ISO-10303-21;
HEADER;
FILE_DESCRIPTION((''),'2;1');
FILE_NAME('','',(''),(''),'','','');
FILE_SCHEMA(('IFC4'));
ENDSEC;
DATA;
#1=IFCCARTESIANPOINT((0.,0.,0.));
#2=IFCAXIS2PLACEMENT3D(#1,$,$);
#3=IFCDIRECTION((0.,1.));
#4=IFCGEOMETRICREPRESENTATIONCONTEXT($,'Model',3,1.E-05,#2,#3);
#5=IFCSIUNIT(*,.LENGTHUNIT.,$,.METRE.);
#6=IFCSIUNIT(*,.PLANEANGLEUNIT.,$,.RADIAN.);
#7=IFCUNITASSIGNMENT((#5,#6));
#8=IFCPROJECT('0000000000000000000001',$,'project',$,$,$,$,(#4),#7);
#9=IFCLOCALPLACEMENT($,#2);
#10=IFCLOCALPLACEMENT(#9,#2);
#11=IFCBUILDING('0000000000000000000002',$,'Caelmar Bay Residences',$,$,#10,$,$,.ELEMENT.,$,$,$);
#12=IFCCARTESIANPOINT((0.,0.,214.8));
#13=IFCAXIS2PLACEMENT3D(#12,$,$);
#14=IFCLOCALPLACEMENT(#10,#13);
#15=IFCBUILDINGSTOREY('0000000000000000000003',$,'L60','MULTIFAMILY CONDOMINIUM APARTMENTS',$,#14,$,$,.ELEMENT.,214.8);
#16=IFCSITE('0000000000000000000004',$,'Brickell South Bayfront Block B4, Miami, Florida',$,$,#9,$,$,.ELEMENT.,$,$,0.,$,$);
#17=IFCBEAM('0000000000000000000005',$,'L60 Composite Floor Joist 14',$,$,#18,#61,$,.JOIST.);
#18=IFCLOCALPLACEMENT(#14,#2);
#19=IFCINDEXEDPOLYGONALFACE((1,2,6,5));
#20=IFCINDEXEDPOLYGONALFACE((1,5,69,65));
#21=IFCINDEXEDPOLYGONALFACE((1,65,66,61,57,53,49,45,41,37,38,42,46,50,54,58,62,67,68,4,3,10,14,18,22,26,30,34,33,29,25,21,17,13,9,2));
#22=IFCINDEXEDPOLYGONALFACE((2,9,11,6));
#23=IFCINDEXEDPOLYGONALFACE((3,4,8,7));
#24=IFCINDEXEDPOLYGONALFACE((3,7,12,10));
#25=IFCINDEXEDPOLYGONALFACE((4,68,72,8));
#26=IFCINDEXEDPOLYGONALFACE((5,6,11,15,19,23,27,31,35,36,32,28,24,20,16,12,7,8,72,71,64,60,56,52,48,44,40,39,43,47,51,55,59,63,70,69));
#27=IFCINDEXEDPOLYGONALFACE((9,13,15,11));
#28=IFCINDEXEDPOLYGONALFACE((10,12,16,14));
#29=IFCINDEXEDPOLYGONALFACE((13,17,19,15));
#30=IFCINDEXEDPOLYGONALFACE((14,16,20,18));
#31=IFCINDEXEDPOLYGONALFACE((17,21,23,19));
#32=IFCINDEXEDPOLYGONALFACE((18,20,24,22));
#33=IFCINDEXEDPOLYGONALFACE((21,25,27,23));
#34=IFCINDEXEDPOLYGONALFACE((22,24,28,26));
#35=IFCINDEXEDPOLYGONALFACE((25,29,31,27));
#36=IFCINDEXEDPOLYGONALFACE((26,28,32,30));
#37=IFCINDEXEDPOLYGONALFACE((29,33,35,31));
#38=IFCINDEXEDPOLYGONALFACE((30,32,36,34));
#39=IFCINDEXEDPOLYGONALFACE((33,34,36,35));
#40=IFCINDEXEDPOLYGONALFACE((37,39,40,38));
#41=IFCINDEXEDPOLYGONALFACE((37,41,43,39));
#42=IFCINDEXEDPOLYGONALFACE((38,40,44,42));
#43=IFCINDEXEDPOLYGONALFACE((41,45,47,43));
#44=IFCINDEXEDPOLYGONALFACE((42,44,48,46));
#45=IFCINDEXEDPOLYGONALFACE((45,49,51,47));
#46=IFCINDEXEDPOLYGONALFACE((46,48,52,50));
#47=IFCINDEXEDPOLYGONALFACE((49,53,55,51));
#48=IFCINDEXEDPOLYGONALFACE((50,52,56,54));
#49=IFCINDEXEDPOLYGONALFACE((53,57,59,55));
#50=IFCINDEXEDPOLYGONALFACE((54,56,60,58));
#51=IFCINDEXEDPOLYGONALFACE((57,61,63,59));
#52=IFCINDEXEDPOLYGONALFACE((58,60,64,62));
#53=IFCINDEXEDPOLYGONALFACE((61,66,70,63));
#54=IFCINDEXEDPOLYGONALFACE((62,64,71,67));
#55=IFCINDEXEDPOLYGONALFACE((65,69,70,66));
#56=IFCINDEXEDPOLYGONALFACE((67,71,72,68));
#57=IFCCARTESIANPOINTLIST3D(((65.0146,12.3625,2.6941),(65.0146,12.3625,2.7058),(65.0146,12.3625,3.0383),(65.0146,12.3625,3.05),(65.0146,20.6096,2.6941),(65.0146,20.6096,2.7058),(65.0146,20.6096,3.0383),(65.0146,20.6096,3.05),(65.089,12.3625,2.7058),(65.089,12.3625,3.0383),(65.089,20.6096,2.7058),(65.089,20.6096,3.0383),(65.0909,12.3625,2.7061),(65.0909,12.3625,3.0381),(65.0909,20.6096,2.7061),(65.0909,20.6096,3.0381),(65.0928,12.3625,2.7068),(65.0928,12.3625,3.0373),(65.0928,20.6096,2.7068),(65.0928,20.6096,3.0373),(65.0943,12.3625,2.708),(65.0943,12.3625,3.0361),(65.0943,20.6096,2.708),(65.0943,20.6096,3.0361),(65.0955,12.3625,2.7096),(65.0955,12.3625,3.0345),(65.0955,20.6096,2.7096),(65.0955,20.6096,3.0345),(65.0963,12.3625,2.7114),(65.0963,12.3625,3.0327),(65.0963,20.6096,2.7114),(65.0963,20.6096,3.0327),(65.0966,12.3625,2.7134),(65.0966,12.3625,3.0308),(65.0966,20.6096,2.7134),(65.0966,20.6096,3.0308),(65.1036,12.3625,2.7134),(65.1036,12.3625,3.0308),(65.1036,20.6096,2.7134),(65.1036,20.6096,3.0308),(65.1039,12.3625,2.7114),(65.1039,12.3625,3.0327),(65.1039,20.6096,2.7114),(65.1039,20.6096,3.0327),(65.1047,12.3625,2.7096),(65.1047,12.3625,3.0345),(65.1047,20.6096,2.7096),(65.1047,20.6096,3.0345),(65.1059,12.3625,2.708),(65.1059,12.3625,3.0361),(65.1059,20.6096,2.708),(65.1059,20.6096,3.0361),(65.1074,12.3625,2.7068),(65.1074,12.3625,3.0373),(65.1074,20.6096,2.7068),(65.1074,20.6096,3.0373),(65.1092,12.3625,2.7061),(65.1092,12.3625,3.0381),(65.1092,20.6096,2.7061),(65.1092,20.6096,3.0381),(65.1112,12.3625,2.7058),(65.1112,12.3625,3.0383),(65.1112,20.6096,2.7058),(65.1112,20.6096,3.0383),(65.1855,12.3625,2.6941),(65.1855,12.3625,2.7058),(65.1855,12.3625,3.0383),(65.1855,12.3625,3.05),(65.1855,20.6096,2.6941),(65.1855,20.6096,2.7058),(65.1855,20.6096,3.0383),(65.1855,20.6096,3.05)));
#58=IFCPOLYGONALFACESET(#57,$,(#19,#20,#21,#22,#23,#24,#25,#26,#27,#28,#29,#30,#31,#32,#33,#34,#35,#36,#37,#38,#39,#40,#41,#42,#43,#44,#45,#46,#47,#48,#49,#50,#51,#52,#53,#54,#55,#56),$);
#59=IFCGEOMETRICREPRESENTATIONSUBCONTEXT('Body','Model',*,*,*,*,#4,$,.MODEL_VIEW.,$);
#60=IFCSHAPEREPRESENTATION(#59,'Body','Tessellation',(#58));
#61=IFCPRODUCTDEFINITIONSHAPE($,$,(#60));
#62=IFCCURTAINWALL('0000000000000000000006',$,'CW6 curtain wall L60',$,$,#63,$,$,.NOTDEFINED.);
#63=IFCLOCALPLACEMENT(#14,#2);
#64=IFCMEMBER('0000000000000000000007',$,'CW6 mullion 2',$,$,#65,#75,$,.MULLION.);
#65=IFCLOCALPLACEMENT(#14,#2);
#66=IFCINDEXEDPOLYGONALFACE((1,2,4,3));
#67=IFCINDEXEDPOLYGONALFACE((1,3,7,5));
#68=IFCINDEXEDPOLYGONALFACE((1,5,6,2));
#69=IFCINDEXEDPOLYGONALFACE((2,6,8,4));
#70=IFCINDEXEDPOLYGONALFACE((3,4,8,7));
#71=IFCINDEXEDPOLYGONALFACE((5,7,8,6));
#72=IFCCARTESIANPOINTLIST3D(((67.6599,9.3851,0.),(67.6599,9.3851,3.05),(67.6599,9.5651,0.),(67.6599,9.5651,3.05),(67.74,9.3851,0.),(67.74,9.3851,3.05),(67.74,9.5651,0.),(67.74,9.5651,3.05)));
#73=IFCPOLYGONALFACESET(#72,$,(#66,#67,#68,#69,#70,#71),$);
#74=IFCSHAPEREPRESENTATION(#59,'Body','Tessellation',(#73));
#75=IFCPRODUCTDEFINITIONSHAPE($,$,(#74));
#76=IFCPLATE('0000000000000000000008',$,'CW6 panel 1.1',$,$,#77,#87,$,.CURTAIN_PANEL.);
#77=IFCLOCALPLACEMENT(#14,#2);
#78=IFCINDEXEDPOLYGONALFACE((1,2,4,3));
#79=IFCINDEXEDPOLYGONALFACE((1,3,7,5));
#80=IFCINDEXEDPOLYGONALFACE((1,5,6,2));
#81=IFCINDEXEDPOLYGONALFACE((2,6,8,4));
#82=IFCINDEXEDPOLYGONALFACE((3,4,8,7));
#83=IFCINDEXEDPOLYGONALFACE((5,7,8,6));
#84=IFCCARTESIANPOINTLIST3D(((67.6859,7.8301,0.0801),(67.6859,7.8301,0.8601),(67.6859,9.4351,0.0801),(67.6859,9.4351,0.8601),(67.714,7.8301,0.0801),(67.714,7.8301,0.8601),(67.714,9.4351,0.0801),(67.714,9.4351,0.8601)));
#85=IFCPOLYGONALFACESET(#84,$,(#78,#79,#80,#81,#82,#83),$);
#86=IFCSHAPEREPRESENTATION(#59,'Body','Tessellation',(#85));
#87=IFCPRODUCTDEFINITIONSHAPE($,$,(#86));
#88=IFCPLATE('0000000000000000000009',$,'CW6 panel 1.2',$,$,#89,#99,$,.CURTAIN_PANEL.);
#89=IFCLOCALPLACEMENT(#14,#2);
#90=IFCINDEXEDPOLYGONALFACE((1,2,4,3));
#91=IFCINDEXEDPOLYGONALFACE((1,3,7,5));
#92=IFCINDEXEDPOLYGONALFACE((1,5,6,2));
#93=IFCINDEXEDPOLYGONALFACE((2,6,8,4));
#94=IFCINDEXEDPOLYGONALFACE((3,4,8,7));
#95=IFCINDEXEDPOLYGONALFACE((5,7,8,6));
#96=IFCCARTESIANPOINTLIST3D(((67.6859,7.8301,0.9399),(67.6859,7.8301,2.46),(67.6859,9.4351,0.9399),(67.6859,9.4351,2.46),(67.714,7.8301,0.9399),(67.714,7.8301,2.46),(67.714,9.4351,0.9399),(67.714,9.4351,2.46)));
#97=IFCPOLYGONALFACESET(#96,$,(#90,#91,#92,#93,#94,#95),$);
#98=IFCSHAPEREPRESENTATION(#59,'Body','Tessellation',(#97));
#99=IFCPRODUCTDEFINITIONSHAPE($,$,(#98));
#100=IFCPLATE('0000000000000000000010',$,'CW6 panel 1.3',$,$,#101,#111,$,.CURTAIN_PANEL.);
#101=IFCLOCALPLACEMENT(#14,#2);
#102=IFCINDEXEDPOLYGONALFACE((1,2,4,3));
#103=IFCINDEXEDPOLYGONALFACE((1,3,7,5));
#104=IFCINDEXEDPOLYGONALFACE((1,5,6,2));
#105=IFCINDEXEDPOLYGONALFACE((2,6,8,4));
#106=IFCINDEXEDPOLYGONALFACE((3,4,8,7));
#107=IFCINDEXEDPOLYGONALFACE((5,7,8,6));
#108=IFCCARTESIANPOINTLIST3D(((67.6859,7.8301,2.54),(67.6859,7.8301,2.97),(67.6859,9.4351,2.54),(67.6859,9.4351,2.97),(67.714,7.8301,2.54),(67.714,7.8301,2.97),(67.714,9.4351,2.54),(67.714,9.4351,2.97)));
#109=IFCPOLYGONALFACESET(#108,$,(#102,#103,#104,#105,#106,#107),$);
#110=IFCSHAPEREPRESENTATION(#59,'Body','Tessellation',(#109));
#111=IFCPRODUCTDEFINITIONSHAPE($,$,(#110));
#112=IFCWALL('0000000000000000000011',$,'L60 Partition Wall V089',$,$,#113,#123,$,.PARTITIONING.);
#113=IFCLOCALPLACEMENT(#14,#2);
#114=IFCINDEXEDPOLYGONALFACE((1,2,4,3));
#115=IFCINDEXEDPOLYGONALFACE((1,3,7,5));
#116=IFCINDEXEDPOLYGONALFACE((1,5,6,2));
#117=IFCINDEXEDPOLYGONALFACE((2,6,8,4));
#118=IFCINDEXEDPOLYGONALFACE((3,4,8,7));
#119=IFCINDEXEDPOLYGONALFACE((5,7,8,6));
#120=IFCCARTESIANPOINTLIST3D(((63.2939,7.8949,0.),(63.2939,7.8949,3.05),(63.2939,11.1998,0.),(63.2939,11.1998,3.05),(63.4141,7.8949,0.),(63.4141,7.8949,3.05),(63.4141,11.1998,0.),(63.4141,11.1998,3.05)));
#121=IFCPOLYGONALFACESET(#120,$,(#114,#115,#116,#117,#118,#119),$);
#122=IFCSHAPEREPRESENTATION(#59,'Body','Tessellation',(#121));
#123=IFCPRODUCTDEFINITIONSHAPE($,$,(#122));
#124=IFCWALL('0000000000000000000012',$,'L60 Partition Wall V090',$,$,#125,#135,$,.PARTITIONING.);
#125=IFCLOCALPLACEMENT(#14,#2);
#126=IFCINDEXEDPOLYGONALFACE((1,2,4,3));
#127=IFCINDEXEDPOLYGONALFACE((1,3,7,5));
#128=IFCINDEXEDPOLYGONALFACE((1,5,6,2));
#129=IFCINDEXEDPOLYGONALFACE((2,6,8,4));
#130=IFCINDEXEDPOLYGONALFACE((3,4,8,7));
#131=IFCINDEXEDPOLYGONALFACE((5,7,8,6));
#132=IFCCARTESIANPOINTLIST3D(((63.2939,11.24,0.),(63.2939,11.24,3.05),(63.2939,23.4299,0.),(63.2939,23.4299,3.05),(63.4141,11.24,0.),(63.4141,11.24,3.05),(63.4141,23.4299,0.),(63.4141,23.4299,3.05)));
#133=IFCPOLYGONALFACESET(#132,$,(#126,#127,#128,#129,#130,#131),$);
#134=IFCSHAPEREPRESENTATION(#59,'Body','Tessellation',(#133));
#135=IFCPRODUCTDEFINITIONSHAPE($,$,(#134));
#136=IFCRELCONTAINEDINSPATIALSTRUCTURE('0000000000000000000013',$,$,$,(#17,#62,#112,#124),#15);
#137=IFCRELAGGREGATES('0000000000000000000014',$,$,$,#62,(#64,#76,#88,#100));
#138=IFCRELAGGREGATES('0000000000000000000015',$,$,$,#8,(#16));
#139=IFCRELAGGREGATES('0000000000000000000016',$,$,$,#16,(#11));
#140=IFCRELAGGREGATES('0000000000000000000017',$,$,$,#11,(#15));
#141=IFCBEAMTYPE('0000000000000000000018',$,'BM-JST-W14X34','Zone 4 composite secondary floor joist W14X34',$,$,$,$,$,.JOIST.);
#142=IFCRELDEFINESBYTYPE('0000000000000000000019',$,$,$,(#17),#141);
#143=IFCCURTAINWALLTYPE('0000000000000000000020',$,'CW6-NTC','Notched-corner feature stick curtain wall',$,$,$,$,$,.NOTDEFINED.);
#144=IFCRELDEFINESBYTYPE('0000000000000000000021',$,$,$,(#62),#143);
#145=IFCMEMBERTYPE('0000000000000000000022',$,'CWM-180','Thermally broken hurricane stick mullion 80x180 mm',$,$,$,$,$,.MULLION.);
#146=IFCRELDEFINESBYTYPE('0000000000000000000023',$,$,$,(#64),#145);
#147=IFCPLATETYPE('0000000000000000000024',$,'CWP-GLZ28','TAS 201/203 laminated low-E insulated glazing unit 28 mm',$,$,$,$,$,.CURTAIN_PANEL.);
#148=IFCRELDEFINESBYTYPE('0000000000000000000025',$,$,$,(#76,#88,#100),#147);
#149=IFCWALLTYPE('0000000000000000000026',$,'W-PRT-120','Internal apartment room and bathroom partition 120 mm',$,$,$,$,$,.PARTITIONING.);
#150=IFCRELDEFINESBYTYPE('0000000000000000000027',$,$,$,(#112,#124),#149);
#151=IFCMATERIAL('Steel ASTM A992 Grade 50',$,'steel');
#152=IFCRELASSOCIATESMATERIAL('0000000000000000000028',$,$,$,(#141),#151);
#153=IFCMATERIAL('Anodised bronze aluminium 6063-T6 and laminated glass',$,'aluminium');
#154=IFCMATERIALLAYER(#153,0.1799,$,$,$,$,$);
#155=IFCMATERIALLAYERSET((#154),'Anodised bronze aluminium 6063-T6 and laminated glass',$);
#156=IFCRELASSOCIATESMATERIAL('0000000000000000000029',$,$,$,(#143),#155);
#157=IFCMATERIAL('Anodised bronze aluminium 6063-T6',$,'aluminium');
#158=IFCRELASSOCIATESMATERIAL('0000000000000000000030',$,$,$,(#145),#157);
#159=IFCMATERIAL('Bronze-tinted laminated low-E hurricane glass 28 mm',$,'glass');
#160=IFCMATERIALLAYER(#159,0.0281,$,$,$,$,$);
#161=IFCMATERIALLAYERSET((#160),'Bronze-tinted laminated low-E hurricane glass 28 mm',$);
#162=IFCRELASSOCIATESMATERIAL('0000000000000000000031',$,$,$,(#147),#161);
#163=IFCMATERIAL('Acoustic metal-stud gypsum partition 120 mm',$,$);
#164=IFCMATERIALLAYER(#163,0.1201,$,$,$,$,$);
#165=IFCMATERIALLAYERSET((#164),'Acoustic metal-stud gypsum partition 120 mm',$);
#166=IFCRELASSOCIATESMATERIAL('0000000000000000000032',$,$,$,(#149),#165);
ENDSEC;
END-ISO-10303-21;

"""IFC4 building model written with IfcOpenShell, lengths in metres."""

from ifc_helpers import new_model, si_unit, direction, frame, frame_2d, origin, origin_2d, place, context, subcontext, project, spatial, rectangle, i_section, extrude, material, layer, layer_set, material_profile, profile_set, type_object, element, aggregate, save


model = new_model("IFC4")

# Units and contexts
model_context = context("Model", 3, precision=1e-05, world=origin(), true_north=direction((0.0, 1.0)))
body_context = subcontext(model_context, "Body", "Model", "MODEL_VIEW")
ifc_project = project(units=[si_unit("LENGTHUNIT", "METRE"), si_unit("PLANEANGLEUNIT", "RADIAN")], contexts=[model_context])

# Site, building, storey
site_placement = place(None, origin())
site = spatial("IfcSite", under=ifc_project, at=site_placement, Name="Brickell South Bayfront Block B4, Miami, Florida", CompositionType="ELEMENT", RefElevation=0.0)
building_placement = place(site_placement, origin())
building = spatial("IfcBuilding", under=site, at=building_placement, Name="Caelmar Bay Residences", CompositionType="ELEMENT")
storey_placement = place(building_placement, frame((0.0, 0.0, 214.8)))
storey = spatial("IfcBuildingStorey", under=building, at=storey_placement, Name="L60", Description="MULTIFAMILY CONDOMINIUM APARTMENTS", CompositionType="ELEMENT", Elevation=214.8)

# Beam
ifc_material_1 = material(Name="Steel ASTM A992 Grade 50", Category="steel")
ifc_material_profile_1 = material_profile(ifc_material_1, i_section(OverallWidth=0.1709, OverallDepth=0.356, WebThickness=0.0071, FlangeThickness=0.0117, FilletRadius=0.0076, at=origin_2d()), Name="W14X34")
ifc_profile_set_1 = profile_set([ifc_material_profile_1], Name="Steel ASTM A992 Grade 50")
beam_type = type_object("IfcBeamType", Name="BM-JST-W14X34", Description="Zone 4 composite secondary floor joist W14X34", PredefinedType="JOIST", material=ifc_profile_set_1)
beam_placement = place(storey_placement, frame((65.1001, 12.3625, 2.8721), z_axis=(0.0, 1.0, 0.0), x_axis=(-1.0, 0.0, 0.0)))
element("IfcBeam", 1, at=beam_placement, inside=storey, type_object=beam_type, Name="L60 Composite Floor Joist 14", PredefinedType="JOIST", context=body_context, shape_type="SweptSolid", body=[
    extrude(i_section(OverallWidth=0.1709, OverallDepth=0.356, WebThickness=0.0071, FlangeThickness=0.0117, FilletRadius=0.0076, at=origin_2d()), origin(), (0.0, 0.0, 1.0), 8.2471),
])

# Curtain wall, member, plates
ifc_material_2 = material(Name="Anodised bronze aluminium 6063-T6 and laminated glass", Category="aluminium")
ifc_layer_1 = layer(ifc_material_2, 0.1799)
ifc_layer_set_1 = layer_set([ifc_layer_1], Name="Anodised bronze aluminium 6063-T6 and laminated glass")
curtain_wall_type = type_object("IfcCurtainWallType", Name="CW6-NTC", Description="Notched-corner feature stick curtain wall", PredefinedType="NOTDEFINED", material=ifc_layer_set_1)
curtain_wall_placement = place(storey_placement, origin())
curtain_wall = element("IfcCurtainWall", 2, at=curtain_wall_placement, inside=storey, type_object=curtain_wall_type, Name="CW6 curtain wall L60", PredefinedType="NOTDEFINED")
ifc_material_3 = material(Name="Anodised bronze aluminium 6063-T6", Category="aluminium")
ifc_material_profile_2 = material_profile(ifc_material_3, rectangle(XDim=0.0801, YDim=0.1799, at=origin_2d()), Name="CWM-80X180")
ifc_profile_set_2 = profile_set([ifc_material_profile_2], Name="Anodised bronze aluminium 6063-T6")
member_type = type_object("IfcMemberType", Name="CWM-180", Description="Thermally broken hurricane stick mullion 80x180 mm", PredefinedType="MULLION", material=ifc_profile_set_2)
member_placement = place(storey_placement, frame((67.7, 9.4751, 0.0), z_axis=(0.0, 0.0, 1.0), x_axis=(-1.0, 0.0, 0.0)))
member = element("IfcMember", 3, at=member_placement, type_object=member_type, Name="CW6 mullion 2", PredefinedType="MULLION", context=body_context, shape_type="SweptSolid", body=[
    extrude(rectangle(XDim=0.0801, YDim=0.1799, at=origin_2d()), origin(), (0.0, 0.0, 1.0), 3.05),
])
ifc_material_4 = material(Name="Bronze-tinted laminated low-E hurricane glass 28 mm", Category="glass")
ifc_layer_2 = layer(ifc_material_4, 0.0281)
ifc_layer_set_2 = layer_set([ifc_layer_2], Name="Bronze-tinted laminated low-E hurricane glass 28 mm")
plate_type = type_object("IfcPlateType", Name="CWP-GLZ28", Description="TAS 201/203 laminated low-E insulated glazing unit 28 mm", PredefinedType="CURTAIN_PANEL", material=ifc_layer_set_2)
plate_1_placement = place(storey_placement, frame((67.7, 8.6326, 0.0801), z_axis=(0.0, 0.0, 1.0), x_axis=(0.0, 1.0, 0.0)))
plate_1 = element("IfcPlate", 4, at=plate_1_placement, type_object=plate_type, Name="CW6 panel 1.1", PredefinedType="CURTAIN_PANEL", context=body_context, shape_type="SweptSolid", body=[
    extrude(rectangle(XDim=1.605, YDim=0.0281, at=origin_2d()), origin(), (0.0, 0.0, 1.0), 0.78),
])
plate_2_placement = place(storey_placement, frame((67.7, 8.6326, 0.9399), z_axis=(0.0, 0.0, 1.0), x_axis=(0.0, 1.0, 0.0)))
plate_2 = element("IfcPlate", 5, at=plate_2_placement, type_object=plate_type, Name="CW6 panel 1.2", PredefinedType="CURTAIN_PANEL", context=body_context, shape_type="SweptSolid", body=[
    extrude(rectangle(XDim=1.605, YDim=0.0281, at=origin_2d()), origin(), (0.0, 0.0, 1.0), 1.52),
])
plate_3_placement = place(storey_placement, frame((67.7, 8.6326, 2.54), z_axis=(0.0, 0.0, 1.0), x_axis=(0.0, 1.0, 0.0)))
plate_3 = element("IfcPlate", 6, at=plate_3_placement, type_object=plate_type, Name="CW6 panel 1.3", PredefinedType="CURTAIN_PANEL", context=body_context, shape_type="SweptSolid", body=[
    extrude(rectangle(XDim=1.605, YDim=0.0281, at=origin_2d()), origin(), (0.0, 0.0, 1.0), 0.4299),
])
aggregate(curtain_wall, [member, plate_1, plate_2, plate_3])

# Walls
ifc_material_5 = material(Name="Acoustic metal-stud gypsum partition 120 mm")
ifc_layer_3 = layer(ifc_material_5, 0.1201)
ifc_layer_set_3 = layer_set([ifc_layer_3], Name="Acoustic metal-stud gypsum partition 120 mm")
wall_type = type_object("IfcWallType", Name="W-PRT-120", Description="Internal apartment room and bathroom partition 120 mm", PredefinedType="PARTITIONING", material=ifc_layer_set_3)
wall_1_placement = place(storey_placement, frame((63.354, 7.895, 0.0), z_axis=(0.0, 0.0, 1.0), x_axis=(0.0, 1.0, 0.0)))
element("IfcWall", 7, at=wall_1_placement, inside=storey, type_object=wall_type, Name="L60 Partition Wall V089", PredefinedType="PARTITIONING", context=body_context, shape_type="SweptSolid", body=[
    extrude(rectangle(XDim=3.3049, YDim=0.1201, at=frame_2d((1.6523, 0.0))), origin(), (0.0, 0.0, 1.0), 3.05),
])
wall_2_placement = place(storey_placement, frame((63.354, 11.24, 0.0), z_axis=(0.0, 0.0, 1.0), x_axis=(0.0, 1.0, 0.0)))
element("IfcWall", 8, at=wall_2_placement, inside=storey, type_object=wall_type, Name="L60 Partition Wall V090", PredefinedType="PARTITIONING", context=body_context, shape_type="SweptSolid", body=[
    extrude(rectangle(XDim=12.1899, YDim=0.1201, at=frame_2d((6.095, 0.0))), origin(), (0.0, 0.0, 1.0), 3.05),
])

save(model, "model.ifc")
